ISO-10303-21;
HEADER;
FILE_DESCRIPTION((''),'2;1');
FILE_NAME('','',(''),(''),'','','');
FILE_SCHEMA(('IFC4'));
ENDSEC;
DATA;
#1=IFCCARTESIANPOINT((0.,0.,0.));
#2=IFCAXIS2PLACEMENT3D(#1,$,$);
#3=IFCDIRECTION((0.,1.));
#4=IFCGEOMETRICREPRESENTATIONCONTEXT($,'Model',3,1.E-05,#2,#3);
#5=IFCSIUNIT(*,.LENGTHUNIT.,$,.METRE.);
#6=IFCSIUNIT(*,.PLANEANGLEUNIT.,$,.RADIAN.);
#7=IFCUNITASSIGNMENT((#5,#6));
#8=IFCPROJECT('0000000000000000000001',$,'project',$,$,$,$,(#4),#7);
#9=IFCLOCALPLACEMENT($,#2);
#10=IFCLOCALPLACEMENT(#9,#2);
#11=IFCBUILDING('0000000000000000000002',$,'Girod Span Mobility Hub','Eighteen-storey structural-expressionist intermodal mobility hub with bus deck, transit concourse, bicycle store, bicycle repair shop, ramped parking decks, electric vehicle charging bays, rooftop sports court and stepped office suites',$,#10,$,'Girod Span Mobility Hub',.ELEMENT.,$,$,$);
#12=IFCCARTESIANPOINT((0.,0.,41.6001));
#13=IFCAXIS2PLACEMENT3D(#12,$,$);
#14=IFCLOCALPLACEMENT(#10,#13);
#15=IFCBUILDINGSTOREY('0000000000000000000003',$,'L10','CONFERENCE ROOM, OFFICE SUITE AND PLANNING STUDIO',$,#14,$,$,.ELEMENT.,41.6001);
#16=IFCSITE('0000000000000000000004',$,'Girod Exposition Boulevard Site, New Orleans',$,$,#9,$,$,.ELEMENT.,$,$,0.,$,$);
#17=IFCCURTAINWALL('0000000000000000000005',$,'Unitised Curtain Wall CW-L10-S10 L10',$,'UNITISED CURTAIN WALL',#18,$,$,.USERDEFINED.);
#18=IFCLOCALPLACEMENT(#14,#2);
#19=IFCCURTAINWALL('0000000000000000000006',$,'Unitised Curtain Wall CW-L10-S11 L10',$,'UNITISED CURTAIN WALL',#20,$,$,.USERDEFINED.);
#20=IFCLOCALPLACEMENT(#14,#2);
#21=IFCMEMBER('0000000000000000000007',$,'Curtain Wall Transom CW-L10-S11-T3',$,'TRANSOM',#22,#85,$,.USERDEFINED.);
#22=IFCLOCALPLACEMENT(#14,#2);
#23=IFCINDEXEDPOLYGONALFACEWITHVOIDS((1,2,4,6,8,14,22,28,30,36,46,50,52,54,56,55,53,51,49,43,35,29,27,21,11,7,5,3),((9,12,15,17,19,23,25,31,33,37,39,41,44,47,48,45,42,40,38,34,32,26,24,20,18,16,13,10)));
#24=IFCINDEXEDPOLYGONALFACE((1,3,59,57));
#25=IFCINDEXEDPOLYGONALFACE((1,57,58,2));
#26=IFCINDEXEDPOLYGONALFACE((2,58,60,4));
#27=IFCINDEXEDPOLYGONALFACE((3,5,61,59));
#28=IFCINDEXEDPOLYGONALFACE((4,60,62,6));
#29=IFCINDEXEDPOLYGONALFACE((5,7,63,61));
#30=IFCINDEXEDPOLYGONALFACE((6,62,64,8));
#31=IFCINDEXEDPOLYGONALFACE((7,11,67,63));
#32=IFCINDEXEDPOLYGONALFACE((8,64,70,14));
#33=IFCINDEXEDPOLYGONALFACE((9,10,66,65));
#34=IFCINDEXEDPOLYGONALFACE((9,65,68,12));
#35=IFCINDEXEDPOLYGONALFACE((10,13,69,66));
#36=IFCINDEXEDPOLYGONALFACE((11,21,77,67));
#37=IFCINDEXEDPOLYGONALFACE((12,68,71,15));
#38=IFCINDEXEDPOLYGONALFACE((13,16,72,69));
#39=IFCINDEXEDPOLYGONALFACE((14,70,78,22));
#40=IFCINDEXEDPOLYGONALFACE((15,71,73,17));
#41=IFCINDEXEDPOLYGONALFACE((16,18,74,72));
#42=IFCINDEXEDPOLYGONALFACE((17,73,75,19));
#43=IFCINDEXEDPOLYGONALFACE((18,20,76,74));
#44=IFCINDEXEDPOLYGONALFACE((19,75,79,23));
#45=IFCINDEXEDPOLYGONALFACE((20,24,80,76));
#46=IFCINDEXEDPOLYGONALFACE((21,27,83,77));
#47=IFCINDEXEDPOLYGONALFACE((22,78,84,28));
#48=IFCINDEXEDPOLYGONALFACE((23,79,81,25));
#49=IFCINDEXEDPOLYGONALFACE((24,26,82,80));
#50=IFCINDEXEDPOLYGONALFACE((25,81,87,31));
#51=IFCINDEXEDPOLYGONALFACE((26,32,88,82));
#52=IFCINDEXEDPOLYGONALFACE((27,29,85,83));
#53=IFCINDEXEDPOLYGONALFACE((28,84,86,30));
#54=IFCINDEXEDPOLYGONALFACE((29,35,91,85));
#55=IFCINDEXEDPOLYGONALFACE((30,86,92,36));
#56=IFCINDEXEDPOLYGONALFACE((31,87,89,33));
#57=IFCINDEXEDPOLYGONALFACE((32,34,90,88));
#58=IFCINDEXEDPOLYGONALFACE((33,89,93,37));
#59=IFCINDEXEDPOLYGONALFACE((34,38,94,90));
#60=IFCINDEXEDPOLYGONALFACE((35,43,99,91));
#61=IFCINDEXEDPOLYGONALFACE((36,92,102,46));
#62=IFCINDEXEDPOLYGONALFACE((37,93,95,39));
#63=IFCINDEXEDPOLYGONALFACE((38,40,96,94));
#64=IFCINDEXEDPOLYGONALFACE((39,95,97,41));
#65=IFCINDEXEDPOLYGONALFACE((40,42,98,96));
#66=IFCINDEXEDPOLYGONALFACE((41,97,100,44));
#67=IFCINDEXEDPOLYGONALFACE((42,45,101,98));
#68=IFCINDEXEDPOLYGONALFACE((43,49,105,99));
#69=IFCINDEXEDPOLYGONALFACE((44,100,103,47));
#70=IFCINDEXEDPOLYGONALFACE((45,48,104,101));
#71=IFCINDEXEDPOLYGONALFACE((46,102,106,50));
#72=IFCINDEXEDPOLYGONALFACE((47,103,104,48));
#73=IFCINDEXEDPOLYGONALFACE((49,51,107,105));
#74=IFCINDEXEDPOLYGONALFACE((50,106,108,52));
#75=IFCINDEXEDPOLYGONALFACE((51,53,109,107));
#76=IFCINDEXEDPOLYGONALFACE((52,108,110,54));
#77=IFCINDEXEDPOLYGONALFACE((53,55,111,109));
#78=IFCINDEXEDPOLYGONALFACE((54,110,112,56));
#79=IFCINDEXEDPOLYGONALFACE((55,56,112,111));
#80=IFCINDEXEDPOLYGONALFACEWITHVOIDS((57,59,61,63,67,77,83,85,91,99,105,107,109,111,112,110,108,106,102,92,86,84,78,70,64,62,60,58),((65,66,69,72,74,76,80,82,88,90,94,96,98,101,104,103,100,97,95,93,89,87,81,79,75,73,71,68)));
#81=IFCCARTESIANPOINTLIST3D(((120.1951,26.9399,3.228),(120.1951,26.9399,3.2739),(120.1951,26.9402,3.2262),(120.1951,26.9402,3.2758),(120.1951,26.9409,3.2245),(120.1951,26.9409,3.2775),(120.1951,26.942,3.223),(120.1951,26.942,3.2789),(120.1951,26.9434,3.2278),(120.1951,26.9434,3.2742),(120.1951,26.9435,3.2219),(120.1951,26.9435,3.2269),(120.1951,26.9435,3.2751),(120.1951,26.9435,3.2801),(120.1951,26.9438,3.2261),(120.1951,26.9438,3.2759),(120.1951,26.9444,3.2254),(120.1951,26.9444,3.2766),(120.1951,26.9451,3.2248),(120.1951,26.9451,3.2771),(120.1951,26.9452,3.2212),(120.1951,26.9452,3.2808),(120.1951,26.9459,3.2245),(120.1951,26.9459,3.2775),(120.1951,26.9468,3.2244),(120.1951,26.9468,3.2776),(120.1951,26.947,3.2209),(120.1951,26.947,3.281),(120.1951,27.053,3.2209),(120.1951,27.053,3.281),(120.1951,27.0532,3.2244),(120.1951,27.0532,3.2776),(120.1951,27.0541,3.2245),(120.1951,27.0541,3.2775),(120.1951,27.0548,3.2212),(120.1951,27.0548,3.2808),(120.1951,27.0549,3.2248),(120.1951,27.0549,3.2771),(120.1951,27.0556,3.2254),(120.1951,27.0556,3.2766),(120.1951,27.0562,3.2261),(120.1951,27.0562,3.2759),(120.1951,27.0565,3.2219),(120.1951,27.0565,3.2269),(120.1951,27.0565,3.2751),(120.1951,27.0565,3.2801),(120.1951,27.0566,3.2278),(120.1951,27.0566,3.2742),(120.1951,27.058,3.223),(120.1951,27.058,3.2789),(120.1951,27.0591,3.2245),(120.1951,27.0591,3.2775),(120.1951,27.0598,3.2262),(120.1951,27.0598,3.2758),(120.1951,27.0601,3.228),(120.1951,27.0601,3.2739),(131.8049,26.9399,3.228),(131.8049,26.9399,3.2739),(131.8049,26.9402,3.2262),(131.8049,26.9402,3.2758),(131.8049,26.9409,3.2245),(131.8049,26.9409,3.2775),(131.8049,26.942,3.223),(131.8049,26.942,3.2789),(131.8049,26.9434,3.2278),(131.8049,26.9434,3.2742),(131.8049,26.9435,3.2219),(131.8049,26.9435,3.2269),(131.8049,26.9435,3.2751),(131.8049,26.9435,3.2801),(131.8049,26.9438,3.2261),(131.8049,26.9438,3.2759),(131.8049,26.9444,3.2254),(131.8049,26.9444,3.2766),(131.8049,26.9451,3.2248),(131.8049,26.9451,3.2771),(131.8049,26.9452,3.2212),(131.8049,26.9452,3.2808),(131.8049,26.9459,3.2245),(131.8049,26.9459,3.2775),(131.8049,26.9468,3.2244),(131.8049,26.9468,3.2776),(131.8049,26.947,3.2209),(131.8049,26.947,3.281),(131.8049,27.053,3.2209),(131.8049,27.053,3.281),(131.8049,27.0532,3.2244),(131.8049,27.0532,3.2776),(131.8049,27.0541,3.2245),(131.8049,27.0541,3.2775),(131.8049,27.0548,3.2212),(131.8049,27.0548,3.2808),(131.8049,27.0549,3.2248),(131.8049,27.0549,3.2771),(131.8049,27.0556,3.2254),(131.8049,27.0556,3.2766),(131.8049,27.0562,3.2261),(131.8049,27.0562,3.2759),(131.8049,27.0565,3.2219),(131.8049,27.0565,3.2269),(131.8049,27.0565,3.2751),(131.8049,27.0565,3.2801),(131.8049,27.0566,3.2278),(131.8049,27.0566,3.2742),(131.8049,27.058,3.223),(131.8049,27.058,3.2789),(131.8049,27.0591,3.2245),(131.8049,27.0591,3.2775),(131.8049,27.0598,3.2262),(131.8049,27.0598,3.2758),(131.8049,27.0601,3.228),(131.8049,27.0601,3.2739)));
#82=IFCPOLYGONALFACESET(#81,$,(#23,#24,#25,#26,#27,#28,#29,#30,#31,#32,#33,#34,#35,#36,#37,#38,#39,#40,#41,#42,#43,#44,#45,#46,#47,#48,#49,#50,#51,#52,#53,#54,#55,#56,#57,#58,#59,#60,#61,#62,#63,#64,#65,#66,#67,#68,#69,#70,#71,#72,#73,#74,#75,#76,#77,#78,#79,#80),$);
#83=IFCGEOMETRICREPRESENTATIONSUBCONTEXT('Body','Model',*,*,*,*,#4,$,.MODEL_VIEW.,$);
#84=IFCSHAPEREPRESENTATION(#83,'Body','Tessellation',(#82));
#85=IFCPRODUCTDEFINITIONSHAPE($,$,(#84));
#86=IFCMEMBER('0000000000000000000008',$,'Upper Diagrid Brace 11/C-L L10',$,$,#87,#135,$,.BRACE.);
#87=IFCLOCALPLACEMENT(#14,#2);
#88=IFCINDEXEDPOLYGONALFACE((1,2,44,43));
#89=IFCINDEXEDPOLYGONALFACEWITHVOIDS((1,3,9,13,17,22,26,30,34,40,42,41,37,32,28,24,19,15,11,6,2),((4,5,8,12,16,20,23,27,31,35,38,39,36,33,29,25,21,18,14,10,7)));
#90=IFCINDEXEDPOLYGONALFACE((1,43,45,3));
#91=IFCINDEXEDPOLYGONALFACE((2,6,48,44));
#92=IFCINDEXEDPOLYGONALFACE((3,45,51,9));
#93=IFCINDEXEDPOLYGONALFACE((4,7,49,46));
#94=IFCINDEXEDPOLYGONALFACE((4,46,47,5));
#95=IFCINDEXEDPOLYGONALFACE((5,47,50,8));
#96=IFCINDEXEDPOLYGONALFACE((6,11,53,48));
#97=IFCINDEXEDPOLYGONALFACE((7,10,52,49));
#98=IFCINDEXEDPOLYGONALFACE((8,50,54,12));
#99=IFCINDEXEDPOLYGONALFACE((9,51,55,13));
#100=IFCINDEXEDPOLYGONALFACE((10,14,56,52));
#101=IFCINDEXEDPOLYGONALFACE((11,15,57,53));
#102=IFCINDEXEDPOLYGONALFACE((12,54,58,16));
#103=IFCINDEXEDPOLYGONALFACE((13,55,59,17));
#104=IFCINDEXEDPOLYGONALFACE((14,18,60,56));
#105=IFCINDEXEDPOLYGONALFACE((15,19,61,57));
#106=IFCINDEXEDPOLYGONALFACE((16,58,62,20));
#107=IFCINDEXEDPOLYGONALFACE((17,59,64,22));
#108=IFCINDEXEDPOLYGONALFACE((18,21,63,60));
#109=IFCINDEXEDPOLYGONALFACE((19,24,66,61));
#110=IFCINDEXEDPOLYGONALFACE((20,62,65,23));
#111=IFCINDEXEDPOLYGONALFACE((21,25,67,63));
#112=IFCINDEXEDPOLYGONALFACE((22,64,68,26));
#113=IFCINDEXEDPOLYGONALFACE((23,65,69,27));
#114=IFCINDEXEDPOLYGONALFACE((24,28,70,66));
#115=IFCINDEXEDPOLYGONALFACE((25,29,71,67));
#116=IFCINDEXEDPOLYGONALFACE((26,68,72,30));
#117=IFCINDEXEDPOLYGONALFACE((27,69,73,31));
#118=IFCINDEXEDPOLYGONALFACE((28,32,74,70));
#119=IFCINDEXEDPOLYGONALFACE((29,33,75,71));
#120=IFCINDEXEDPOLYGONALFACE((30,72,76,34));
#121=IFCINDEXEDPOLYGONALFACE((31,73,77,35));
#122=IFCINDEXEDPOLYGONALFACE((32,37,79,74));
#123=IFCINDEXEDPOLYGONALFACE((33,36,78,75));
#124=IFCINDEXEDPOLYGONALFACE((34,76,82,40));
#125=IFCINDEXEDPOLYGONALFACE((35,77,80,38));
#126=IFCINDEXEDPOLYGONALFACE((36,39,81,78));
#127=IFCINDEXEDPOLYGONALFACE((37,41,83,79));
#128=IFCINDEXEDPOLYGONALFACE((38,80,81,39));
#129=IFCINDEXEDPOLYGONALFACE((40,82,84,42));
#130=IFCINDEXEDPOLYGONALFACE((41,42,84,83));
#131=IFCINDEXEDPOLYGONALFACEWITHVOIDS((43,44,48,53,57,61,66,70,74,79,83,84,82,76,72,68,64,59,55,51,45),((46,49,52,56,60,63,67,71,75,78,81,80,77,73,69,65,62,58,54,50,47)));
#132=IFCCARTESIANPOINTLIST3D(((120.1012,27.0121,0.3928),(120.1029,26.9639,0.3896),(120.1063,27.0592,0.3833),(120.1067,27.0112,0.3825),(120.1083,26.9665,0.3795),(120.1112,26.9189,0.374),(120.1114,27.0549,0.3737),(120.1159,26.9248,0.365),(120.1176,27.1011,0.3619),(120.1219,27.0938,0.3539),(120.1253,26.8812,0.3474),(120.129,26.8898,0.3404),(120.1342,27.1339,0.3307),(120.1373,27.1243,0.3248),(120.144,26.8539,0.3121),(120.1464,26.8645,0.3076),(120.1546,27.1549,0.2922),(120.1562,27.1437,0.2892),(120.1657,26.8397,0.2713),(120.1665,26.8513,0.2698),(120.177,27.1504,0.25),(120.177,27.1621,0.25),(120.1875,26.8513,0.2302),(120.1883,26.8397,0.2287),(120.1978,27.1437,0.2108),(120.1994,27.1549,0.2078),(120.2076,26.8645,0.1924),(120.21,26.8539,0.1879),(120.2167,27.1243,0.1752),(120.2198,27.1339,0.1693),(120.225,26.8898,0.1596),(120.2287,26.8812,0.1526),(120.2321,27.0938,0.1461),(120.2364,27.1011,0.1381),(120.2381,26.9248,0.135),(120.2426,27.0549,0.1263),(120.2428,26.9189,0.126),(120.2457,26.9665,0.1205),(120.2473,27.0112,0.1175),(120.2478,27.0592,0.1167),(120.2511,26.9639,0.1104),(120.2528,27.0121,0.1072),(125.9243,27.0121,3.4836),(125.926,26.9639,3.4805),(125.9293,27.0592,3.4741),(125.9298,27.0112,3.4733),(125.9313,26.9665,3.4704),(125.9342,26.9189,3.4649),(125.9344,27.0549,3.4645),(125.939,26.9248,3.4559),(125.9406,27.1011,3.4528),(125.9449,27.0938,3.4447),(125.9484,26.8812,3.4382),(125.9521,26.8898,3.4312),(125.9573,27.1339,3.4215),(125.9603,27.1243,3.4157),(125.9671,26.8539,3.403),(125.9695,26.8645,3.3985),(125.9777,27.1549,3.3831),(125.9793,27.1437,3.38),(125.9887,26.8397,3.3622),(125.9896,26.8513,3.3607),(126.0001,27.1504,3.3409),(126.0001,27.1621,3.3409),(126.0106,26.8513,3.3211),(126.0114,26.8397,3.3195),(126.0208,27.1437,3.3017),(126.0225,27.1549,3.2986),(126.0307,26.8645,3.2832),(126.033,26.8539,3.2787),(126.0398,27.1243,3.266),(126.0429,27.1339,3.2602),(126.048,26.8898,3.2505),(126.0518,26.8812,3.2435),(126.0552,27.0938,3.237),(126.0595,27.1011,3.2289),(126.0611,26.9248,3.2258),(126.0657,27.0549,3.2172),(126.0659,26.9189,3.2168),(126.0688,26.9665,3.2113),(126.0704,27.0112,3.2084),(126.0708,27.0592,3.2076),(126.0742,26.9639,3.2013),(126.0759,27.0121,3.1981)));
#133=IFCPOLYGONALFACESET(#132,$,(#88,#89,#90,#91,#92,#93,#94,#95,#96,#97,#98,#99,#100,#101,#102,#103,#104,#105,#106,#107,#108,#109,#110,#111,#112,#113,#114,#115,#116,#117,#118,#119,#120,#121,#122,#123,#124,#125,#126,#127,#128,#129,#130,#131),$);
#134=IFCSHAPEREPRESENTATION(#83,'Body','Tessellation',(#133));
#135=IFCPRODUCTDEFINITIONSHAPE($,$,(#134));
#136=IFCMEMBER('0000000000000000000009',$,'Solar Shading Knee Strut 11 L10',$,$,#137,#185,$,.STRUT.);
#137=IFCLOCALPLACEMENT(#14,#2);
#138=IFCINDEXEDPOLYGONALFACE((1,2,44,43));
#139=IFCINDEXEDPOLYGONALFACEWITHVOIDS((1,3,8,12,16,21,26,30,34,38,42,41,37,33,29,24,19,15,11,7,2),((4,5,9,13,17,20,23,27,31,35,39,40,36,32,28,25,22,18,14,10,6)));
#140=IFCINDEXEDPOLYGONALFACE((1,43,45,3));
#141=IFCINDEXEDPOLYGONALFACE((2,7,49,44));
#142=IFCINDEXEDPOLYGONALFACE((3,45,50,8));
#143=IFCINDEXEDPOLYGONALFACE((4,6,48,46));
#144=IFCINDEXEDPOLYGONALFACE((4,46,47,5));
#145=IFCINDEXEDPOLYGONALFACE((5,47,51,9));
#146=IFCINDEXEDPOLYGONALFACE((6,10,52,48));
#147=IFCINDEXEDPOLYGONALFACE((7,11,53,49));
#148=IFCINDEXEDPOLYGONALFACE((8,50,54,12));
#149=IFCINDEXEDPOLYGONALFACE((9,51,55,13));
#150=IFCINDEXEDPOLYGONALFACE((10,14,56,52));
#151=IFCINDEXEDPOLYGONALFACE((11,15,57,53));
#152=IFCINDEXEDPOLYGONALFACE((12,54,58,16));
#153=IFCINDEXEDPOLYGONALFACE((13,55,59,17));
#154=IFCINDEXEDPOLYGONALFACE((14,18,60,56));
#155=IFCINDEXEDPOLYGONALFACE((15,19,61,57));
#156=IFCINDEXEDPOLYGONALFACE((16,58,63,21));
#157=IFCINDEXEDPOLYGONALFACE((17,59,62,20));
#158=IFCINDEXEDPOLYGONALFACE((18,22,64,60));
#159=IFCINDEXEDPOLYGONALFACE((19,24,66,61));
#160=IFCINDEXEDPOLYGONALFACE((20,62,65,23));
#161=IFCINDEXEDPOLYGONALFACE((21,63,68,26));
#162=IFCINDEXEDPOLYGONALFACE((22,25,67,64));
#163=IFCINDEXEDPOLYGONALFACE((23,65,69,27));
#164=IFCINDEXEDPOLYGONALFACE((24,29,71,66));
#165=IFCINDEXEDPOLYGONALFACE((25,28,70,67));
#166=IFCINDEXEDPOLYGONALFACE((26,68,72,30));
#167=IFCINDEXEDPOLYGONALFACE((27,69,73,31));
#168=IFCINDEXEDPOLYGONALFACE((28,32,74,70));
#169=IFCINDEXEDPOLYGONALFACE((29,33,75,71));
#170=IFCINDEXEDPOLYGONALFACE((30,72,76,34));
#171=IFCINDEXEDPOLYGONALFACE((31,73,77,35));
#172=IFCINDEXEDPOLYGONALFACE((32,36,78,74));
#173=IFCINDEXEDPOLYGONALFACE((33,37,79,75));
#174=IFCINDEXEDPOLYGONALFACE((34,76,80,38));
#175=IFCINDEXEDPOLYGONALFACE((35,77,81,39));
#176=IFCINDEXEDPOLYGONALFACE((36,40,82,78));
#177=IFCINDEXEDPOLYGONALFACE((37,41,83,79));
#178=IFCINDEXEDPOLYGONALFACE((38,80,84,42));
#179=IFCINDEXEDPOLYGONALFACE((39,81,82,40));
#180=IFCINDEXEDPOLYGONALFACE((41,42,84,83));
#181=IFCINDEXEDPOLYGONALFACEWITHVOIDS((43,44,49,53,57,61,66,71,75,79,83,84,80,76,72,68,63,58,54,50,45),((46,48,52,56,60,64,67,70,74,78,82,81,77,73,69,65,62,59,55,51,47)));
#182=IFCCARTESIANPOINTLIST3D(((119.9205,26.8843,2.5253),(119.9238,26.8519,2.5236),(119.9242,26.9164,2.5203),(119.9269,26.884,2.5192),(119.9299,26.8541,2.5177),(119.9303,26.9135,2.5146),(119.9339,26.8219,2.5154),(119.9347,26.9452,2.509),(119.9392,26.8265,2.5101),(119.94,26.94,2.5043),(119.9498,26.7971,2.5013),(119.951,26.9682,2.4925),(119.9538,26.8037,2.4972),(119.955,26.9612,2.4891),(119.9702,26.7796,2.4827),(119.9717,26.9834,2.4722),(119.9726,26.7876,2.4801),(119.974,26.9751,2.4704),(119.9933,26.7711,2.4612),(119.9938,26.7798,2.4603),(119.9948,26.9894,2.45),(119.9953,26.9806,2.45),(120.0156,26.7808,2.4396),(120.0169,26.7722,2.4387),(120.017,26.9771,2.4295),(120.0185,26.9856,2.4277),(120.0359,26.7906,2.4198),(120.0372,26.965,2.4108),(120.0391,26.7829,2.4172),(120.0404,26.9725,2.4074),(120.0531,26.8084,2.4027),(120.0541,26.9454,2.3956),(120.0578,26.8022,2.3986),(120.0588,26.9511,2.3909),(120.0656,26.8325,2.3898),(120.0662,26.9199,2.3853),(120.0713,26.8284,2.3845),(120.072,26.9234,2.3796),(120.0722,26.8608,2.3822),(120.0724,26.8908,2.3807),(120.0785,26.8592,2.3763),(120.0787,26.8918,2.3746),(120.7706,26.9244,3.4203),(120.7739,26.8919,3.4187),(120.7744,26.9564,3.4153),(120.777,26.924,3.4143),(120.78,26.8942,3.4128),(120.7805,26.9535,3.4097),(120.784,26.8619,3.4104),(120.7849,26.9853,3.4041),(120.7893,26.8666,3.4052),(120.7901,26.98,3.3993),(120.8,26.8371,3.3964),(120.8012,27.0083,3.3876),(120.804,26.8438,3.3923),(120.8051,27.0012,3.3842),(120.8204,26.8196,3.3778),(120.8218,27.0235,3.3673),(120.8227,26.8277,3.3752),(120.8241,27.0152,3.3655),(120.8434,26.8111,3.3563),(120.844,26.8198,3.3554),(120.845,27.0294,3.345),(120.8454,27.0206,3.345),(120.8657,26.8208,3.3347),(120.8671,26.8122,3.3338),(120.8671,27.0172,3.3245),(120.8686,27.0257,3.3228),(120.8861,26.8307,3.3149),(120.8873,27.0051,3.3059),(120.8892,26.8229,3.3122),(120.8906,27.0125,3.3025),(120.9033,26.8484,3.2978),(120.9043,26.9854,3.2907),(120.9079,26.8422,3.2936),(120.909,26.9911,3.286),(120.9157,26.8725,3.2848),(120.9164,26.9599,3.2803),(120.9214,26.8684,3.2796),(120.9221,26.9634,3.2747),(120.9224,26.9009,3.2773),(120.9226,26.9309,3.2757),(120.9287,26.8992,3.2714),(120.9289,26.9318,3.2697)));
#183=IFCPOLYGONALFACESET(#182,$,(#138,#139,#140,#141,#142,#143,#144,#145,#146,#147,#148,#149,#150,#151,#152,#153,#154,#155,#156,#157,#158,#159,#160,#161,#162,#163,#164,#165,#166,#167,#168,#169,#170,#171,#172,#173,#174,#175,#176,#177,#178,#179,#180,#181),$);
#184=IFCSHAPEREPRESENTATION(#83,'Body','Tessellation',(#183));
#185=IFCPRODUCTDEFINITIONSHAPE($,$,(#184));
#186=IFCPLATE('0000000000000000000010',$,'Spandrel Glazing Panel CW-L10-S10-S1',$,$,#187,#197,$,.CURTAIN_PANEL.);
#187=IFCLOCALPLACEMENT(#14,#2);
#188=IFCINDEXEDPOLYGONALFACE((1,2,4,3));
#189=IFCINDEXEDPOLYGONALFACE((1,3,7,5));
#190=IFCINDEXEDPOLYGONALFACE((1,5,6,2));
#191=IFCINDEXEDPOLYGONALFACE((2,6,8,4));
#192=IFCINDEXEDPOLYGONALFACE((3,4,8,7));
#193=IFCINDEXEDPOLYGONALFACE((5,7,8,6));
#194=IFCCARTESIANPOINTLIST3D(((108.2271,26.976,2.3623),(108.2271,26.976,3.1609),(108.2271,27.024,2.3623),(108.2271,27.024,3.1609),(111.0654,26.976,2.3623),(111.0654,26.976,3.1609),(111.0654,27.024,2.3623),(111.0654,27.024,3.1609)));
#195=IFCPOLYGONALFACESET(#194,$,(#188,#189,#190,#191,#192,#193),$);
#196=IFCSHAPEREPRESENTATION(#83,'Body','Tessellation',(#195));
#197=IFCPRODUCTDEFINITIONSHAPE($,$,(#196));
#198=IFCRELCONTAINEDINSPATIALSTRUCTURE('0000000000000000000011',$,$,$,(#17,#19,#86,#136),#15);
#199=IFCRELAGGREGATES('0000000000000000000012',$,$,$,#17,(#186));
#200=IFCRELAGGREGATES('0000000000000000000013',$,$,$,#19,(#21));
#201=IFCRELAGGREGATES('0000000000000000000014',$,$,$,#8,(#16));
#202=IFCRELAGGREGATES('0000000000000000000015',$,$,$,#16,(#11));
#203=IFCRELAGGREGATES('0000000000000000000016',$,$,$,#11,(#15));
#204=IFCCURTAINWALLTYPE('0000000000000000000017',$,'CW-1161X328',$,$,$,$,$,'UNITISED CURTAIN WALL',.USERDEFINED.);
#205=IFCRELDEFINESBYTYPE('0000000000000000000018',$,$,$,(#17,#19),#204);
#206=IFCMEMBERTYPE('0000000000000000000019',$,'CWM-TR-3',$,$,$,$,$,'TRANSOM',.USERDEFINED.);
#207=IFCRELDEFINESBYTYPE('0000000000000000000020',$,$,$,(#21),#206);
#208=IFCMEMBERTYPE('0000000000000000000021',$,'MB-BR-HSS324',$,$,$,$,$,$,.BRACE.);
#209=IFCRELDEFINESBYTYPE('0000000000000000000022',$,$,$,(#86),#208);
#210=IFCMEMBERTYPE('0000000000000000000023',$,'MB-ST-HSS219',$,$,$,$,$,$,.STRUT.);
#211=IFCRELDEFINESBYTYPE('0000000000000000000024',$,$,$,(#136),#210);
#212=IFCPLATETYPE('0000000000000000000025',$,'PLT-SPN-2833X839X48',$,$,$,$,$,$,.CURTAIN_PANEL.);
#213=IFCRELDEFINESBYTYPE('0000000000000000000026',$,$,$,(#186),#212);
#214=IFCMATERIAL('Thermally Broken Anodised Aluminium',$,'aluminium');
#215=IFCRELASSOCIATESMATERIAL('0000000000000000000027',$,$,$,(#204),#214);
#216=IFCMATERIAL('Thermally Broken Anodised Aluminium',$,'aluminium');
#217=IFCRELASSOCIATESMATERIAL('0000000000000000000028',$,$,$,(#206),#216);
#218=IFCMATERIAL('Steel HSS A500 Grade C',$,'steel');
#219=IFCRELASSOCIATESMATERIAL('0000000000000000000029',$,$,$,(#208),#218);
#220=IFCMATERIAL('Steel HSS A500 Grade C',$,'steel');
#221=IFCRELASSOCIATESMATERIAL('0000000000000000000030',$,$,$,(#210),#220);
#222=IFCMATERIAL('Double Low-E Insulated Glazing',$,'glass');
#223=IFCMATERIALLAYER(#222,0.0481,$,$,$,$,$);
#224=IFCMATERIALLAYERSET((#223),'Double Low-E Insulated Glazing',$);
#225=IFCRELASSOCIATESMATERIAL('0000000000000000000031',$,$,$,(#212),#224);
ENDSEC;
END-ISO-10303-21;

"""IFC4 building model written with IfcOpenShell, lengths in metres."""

from ifc_helpers import new_model, si_unit, direction, frame, origin, origin_2d, place, context, subcontext, project, spatial, rectangle, hollow_rectangle, hollow_circle, extrude, material, layer, layer_set, material_profile, profile_set, type_object, element, aggregate, save


model = new_model("IFC4")

# Units and contexts
model_context = context("Model", 3, precision=1e-05, world=origin(), true_north=direction((0.0, 1.0)))
body_context = subcontext(model_context, "Body", "Model", "MODEL_VIEW")
ifc_project = project(units=[si_unit("LENGTHUNIT", "METRE"), si_unit("PLANEANGLEUNIT", "RADIAN")], contexts=[model_context])

# Site, building, storey
site_placement = place(None, origin())
site = spatial("IfcSite", under=ifc_project, at=site_placement, Name="Girod Exposition Boulevard Site, New Orleans", CompositionType="ELEMENT", RefElevation=0.0)
building_placement = place(site_placement, origin())
building = spatial("IfcBuilding", under=site, at=building_placement, Name="Girod Span Mobility Hub", Description="Eighteen-storey structural-expressionist intermodal mobility hub with bus deck, transit concourse, bicycle store, bicycle repair shop, ramped parking decks, electric vehicle charging bays, rooftop sports court and stepped office suites", LongName="Girod Span Mobility Hub", CompositionType="ELEMENT")
storey_placement = place(building_placement, frame((0.0, 0.0, 41.6001)))
storey = spatial("IfcBuildingStorey", under=building, at=storey_placement, Name="L10", Description="CONFERENCE ROOM, OFFICE SUITE AND PLANNING STUDIO", CompositionType="ELEMENT", Elevation=41.6001)

# Curtain walls, member
ifc_material_1 = material(Name="Thermally Broken Anodised Aluminium", Category="aluminium")
curtain_wall_type = type_object("IfcCurtainWallType", Name="CW-1161X328", ElementType="UNITISED CURTAIN WALL", PredefinedType="USERDEFINED", material=ifc_material_1)
curtain_wall_1_placement = place(storey_placement, origin())
curtain_wall_1 = element("IfcCurtainWall", 1, at=curtain_wall_1_placement, inside=storey, type_object=curtain_wall_type, Name="Unitised Curtain Wall CW-L10-S10 L10", ObjectType="UNITISED CURTAIN WALL", PredefinedType="USERDEFINED")
curtain_wall_2_placement = place(storey_placement, origin())
curtain_wall_2 = element("IfcCurtainWall", 2, at=curtain_wall_2_placement, inside=storey, type_object=curtain_wall_type, Name="Unitised Curtain Wall CW-L10-S11 L10", ObjectType="UNITISED CURTAIN WALL", PredefinedType="USERDEFINED")
ifc_material_2 = material(Name="Thermally Broken Anodised Aluminium", Category="aluminium")
ifc_material_profile_1 = material_profile(ifc_material_2, hollow_rectangle(XDim=0.1201, YDim=0.0601, WallThickness=0.0034, InnerFilletRadius=0.0034, OuterFilletRadius=0.0071, at=origin_2d()), Name="CW-TR-60X120")
ifc_profile_set_1 = profile_set([ifc_material_profile_1], Name="Thermally Broken Anodised Aluminium")
member_type_1 = type_object("IfcMemberType", Name="CWM-TR-3", ElementType="TRANSOM", PredefinedType="USERDEFINED", material=ifc_profile_set_1)
member_1_placement = place(storey_placement, frame((120.1951, 27.0, 3.251), z_axis=(1.0, 0.0, 0.0), x_axis=(0.0, 1.0, 0.0)))
member_1 = element("IfcMember", 3, at=member_1_placement, type_object=member_type_1, Name="Curtain Wall Transom CW-L10-S11-T3", ObjectType="TRANSOM", PredefinedType="USERDEFINED", context=body_context, shape_type="SweptSolid", body=[
    extrude(hollow_rectangle(XDim=0.1201, YDim=0.0601, WallThickness=0.0034, InnerFilletRadius=0.0034, OuterFilletRadius=0.0071, at=origin_2d()), origin(), (0.0, 0.0, 1.0), 11.6099),
])

# Members
ifc_material_3 = material(Name="Steel HSS A500 Grade C", Category="steel")
ifc_material_profile_2 = material_profile(ifc_material_3, hollow_circle(Radius=0.1621, WallThickness=0.0117, at=origin_2d()), Name="HSS324X12.7")
ifc_profile_set_2 = profile_set([ifc_material_profile_2], Name="Steel HSS A500 Grade C")
member_type_2 = type_object("IfcMemberType", Name="MB-BR-HSS324", PredefinedType="BRACE", material=ifc_profile_set_2)
member_2_placement = place(storey_placement, frame((120.177, 27.0, 0.25), z_axis=(0.883282, 0.0, 0.468842), x_axis=(0.0, 1.0, 0.0)))
element("IfcMember", 4, at=member_2_placement, inside=storey, type_object=member_type_2, Name="Upper Diagrid Brace 11/C-L L10", PredefinedType="BRACE", context=body_context, shape_type="SweptSolid", body=[
    extrude(hollow_circle(Radius=0.1621, WallThickness=0.0117, at=origin_2d()), origin(), (0.0, 0.0, 1.0), 6.5925),
])
ifc_material_4 = material(Name="Steel HSS A500 Grade C", Category="steel")
ifc_material_profile_3 = material_profile(ifc_material_4, hollow_circle(Radius=0.1096, WallThickness=0.0088, at=origin_2d()), Name="HSS219X9.5")
ifc_profile_set_3 = profile_set([ifc_material_profile_3], Name="Steel HSS A500 Grade C")
member_type_3 = type_object("IfcMemberType", Name="MB-ST-HSS219", PredefinedType="STRUT", material=ifc_profile_set_3)
member_3_placement = place(storey_placement, frame((120.0, 26.8799, 2.45), z_axis=(0.688315, 0.032419, 0.724687), x_axis=(-0.047047, 0.998893, 0.0)))
element("IfcMember", 5, at=member_3_placement, inside=storey, type_object=member_type_3, Name="Solar Shading Knee Strut 11 L10", PredefinedType="STRUT", context=body_context, shape_type="SweptSolid", body=[
    extrude(hollow_circle(Radius=0.1096, WallThickness=0.0088, at=origin_2d()), origin(), (0.0, 0.0, 1.0), 1.2351),
])

# Plate
ifc_material_5 = material(Name="Double Low-E Insulated Glazing", Category="glass")
ifc_layer_1 = layer(ifc_material_5, 0.0481)
ifc_layer_set_1 = layer_set([ifc_layer_1], Name="Double Low-E Insulated Glazing")
plate_type_1 = type_object("IfcPlateType", Name="PLT-SPN-2833X839X48", PredefinedType="CURTAIN_PANEL", material=ifc_layer_set_1)
plate_1_placement = place(storey_placement, frame((109.6462, 27.0, 2.3623), z_axis=(0.0, 0.0, 1.0), x_axis=(1.0, 0.0, 0.0)))
plate_1 = element("IfcPlate", 6, at=plate_1_placement, type_object=plate_type_1, Name="Spandrel Glazing Panel CW-L10-S10-S1", PredefinedType="CURTAIN_PANEL", context=body_context, shape_type="SweptSolid", body=[
    extrude(rectangle(XDim=2.8384, YDim=0.0481, at=origin_2d()), origin(), (0.0, 0.0, 1.0), 0.7986),
])
aggregate(curtain_wall_1, [plate_1])
aggregate(curtain_wall_2, [member_1])

save(model, "model.ifc")
